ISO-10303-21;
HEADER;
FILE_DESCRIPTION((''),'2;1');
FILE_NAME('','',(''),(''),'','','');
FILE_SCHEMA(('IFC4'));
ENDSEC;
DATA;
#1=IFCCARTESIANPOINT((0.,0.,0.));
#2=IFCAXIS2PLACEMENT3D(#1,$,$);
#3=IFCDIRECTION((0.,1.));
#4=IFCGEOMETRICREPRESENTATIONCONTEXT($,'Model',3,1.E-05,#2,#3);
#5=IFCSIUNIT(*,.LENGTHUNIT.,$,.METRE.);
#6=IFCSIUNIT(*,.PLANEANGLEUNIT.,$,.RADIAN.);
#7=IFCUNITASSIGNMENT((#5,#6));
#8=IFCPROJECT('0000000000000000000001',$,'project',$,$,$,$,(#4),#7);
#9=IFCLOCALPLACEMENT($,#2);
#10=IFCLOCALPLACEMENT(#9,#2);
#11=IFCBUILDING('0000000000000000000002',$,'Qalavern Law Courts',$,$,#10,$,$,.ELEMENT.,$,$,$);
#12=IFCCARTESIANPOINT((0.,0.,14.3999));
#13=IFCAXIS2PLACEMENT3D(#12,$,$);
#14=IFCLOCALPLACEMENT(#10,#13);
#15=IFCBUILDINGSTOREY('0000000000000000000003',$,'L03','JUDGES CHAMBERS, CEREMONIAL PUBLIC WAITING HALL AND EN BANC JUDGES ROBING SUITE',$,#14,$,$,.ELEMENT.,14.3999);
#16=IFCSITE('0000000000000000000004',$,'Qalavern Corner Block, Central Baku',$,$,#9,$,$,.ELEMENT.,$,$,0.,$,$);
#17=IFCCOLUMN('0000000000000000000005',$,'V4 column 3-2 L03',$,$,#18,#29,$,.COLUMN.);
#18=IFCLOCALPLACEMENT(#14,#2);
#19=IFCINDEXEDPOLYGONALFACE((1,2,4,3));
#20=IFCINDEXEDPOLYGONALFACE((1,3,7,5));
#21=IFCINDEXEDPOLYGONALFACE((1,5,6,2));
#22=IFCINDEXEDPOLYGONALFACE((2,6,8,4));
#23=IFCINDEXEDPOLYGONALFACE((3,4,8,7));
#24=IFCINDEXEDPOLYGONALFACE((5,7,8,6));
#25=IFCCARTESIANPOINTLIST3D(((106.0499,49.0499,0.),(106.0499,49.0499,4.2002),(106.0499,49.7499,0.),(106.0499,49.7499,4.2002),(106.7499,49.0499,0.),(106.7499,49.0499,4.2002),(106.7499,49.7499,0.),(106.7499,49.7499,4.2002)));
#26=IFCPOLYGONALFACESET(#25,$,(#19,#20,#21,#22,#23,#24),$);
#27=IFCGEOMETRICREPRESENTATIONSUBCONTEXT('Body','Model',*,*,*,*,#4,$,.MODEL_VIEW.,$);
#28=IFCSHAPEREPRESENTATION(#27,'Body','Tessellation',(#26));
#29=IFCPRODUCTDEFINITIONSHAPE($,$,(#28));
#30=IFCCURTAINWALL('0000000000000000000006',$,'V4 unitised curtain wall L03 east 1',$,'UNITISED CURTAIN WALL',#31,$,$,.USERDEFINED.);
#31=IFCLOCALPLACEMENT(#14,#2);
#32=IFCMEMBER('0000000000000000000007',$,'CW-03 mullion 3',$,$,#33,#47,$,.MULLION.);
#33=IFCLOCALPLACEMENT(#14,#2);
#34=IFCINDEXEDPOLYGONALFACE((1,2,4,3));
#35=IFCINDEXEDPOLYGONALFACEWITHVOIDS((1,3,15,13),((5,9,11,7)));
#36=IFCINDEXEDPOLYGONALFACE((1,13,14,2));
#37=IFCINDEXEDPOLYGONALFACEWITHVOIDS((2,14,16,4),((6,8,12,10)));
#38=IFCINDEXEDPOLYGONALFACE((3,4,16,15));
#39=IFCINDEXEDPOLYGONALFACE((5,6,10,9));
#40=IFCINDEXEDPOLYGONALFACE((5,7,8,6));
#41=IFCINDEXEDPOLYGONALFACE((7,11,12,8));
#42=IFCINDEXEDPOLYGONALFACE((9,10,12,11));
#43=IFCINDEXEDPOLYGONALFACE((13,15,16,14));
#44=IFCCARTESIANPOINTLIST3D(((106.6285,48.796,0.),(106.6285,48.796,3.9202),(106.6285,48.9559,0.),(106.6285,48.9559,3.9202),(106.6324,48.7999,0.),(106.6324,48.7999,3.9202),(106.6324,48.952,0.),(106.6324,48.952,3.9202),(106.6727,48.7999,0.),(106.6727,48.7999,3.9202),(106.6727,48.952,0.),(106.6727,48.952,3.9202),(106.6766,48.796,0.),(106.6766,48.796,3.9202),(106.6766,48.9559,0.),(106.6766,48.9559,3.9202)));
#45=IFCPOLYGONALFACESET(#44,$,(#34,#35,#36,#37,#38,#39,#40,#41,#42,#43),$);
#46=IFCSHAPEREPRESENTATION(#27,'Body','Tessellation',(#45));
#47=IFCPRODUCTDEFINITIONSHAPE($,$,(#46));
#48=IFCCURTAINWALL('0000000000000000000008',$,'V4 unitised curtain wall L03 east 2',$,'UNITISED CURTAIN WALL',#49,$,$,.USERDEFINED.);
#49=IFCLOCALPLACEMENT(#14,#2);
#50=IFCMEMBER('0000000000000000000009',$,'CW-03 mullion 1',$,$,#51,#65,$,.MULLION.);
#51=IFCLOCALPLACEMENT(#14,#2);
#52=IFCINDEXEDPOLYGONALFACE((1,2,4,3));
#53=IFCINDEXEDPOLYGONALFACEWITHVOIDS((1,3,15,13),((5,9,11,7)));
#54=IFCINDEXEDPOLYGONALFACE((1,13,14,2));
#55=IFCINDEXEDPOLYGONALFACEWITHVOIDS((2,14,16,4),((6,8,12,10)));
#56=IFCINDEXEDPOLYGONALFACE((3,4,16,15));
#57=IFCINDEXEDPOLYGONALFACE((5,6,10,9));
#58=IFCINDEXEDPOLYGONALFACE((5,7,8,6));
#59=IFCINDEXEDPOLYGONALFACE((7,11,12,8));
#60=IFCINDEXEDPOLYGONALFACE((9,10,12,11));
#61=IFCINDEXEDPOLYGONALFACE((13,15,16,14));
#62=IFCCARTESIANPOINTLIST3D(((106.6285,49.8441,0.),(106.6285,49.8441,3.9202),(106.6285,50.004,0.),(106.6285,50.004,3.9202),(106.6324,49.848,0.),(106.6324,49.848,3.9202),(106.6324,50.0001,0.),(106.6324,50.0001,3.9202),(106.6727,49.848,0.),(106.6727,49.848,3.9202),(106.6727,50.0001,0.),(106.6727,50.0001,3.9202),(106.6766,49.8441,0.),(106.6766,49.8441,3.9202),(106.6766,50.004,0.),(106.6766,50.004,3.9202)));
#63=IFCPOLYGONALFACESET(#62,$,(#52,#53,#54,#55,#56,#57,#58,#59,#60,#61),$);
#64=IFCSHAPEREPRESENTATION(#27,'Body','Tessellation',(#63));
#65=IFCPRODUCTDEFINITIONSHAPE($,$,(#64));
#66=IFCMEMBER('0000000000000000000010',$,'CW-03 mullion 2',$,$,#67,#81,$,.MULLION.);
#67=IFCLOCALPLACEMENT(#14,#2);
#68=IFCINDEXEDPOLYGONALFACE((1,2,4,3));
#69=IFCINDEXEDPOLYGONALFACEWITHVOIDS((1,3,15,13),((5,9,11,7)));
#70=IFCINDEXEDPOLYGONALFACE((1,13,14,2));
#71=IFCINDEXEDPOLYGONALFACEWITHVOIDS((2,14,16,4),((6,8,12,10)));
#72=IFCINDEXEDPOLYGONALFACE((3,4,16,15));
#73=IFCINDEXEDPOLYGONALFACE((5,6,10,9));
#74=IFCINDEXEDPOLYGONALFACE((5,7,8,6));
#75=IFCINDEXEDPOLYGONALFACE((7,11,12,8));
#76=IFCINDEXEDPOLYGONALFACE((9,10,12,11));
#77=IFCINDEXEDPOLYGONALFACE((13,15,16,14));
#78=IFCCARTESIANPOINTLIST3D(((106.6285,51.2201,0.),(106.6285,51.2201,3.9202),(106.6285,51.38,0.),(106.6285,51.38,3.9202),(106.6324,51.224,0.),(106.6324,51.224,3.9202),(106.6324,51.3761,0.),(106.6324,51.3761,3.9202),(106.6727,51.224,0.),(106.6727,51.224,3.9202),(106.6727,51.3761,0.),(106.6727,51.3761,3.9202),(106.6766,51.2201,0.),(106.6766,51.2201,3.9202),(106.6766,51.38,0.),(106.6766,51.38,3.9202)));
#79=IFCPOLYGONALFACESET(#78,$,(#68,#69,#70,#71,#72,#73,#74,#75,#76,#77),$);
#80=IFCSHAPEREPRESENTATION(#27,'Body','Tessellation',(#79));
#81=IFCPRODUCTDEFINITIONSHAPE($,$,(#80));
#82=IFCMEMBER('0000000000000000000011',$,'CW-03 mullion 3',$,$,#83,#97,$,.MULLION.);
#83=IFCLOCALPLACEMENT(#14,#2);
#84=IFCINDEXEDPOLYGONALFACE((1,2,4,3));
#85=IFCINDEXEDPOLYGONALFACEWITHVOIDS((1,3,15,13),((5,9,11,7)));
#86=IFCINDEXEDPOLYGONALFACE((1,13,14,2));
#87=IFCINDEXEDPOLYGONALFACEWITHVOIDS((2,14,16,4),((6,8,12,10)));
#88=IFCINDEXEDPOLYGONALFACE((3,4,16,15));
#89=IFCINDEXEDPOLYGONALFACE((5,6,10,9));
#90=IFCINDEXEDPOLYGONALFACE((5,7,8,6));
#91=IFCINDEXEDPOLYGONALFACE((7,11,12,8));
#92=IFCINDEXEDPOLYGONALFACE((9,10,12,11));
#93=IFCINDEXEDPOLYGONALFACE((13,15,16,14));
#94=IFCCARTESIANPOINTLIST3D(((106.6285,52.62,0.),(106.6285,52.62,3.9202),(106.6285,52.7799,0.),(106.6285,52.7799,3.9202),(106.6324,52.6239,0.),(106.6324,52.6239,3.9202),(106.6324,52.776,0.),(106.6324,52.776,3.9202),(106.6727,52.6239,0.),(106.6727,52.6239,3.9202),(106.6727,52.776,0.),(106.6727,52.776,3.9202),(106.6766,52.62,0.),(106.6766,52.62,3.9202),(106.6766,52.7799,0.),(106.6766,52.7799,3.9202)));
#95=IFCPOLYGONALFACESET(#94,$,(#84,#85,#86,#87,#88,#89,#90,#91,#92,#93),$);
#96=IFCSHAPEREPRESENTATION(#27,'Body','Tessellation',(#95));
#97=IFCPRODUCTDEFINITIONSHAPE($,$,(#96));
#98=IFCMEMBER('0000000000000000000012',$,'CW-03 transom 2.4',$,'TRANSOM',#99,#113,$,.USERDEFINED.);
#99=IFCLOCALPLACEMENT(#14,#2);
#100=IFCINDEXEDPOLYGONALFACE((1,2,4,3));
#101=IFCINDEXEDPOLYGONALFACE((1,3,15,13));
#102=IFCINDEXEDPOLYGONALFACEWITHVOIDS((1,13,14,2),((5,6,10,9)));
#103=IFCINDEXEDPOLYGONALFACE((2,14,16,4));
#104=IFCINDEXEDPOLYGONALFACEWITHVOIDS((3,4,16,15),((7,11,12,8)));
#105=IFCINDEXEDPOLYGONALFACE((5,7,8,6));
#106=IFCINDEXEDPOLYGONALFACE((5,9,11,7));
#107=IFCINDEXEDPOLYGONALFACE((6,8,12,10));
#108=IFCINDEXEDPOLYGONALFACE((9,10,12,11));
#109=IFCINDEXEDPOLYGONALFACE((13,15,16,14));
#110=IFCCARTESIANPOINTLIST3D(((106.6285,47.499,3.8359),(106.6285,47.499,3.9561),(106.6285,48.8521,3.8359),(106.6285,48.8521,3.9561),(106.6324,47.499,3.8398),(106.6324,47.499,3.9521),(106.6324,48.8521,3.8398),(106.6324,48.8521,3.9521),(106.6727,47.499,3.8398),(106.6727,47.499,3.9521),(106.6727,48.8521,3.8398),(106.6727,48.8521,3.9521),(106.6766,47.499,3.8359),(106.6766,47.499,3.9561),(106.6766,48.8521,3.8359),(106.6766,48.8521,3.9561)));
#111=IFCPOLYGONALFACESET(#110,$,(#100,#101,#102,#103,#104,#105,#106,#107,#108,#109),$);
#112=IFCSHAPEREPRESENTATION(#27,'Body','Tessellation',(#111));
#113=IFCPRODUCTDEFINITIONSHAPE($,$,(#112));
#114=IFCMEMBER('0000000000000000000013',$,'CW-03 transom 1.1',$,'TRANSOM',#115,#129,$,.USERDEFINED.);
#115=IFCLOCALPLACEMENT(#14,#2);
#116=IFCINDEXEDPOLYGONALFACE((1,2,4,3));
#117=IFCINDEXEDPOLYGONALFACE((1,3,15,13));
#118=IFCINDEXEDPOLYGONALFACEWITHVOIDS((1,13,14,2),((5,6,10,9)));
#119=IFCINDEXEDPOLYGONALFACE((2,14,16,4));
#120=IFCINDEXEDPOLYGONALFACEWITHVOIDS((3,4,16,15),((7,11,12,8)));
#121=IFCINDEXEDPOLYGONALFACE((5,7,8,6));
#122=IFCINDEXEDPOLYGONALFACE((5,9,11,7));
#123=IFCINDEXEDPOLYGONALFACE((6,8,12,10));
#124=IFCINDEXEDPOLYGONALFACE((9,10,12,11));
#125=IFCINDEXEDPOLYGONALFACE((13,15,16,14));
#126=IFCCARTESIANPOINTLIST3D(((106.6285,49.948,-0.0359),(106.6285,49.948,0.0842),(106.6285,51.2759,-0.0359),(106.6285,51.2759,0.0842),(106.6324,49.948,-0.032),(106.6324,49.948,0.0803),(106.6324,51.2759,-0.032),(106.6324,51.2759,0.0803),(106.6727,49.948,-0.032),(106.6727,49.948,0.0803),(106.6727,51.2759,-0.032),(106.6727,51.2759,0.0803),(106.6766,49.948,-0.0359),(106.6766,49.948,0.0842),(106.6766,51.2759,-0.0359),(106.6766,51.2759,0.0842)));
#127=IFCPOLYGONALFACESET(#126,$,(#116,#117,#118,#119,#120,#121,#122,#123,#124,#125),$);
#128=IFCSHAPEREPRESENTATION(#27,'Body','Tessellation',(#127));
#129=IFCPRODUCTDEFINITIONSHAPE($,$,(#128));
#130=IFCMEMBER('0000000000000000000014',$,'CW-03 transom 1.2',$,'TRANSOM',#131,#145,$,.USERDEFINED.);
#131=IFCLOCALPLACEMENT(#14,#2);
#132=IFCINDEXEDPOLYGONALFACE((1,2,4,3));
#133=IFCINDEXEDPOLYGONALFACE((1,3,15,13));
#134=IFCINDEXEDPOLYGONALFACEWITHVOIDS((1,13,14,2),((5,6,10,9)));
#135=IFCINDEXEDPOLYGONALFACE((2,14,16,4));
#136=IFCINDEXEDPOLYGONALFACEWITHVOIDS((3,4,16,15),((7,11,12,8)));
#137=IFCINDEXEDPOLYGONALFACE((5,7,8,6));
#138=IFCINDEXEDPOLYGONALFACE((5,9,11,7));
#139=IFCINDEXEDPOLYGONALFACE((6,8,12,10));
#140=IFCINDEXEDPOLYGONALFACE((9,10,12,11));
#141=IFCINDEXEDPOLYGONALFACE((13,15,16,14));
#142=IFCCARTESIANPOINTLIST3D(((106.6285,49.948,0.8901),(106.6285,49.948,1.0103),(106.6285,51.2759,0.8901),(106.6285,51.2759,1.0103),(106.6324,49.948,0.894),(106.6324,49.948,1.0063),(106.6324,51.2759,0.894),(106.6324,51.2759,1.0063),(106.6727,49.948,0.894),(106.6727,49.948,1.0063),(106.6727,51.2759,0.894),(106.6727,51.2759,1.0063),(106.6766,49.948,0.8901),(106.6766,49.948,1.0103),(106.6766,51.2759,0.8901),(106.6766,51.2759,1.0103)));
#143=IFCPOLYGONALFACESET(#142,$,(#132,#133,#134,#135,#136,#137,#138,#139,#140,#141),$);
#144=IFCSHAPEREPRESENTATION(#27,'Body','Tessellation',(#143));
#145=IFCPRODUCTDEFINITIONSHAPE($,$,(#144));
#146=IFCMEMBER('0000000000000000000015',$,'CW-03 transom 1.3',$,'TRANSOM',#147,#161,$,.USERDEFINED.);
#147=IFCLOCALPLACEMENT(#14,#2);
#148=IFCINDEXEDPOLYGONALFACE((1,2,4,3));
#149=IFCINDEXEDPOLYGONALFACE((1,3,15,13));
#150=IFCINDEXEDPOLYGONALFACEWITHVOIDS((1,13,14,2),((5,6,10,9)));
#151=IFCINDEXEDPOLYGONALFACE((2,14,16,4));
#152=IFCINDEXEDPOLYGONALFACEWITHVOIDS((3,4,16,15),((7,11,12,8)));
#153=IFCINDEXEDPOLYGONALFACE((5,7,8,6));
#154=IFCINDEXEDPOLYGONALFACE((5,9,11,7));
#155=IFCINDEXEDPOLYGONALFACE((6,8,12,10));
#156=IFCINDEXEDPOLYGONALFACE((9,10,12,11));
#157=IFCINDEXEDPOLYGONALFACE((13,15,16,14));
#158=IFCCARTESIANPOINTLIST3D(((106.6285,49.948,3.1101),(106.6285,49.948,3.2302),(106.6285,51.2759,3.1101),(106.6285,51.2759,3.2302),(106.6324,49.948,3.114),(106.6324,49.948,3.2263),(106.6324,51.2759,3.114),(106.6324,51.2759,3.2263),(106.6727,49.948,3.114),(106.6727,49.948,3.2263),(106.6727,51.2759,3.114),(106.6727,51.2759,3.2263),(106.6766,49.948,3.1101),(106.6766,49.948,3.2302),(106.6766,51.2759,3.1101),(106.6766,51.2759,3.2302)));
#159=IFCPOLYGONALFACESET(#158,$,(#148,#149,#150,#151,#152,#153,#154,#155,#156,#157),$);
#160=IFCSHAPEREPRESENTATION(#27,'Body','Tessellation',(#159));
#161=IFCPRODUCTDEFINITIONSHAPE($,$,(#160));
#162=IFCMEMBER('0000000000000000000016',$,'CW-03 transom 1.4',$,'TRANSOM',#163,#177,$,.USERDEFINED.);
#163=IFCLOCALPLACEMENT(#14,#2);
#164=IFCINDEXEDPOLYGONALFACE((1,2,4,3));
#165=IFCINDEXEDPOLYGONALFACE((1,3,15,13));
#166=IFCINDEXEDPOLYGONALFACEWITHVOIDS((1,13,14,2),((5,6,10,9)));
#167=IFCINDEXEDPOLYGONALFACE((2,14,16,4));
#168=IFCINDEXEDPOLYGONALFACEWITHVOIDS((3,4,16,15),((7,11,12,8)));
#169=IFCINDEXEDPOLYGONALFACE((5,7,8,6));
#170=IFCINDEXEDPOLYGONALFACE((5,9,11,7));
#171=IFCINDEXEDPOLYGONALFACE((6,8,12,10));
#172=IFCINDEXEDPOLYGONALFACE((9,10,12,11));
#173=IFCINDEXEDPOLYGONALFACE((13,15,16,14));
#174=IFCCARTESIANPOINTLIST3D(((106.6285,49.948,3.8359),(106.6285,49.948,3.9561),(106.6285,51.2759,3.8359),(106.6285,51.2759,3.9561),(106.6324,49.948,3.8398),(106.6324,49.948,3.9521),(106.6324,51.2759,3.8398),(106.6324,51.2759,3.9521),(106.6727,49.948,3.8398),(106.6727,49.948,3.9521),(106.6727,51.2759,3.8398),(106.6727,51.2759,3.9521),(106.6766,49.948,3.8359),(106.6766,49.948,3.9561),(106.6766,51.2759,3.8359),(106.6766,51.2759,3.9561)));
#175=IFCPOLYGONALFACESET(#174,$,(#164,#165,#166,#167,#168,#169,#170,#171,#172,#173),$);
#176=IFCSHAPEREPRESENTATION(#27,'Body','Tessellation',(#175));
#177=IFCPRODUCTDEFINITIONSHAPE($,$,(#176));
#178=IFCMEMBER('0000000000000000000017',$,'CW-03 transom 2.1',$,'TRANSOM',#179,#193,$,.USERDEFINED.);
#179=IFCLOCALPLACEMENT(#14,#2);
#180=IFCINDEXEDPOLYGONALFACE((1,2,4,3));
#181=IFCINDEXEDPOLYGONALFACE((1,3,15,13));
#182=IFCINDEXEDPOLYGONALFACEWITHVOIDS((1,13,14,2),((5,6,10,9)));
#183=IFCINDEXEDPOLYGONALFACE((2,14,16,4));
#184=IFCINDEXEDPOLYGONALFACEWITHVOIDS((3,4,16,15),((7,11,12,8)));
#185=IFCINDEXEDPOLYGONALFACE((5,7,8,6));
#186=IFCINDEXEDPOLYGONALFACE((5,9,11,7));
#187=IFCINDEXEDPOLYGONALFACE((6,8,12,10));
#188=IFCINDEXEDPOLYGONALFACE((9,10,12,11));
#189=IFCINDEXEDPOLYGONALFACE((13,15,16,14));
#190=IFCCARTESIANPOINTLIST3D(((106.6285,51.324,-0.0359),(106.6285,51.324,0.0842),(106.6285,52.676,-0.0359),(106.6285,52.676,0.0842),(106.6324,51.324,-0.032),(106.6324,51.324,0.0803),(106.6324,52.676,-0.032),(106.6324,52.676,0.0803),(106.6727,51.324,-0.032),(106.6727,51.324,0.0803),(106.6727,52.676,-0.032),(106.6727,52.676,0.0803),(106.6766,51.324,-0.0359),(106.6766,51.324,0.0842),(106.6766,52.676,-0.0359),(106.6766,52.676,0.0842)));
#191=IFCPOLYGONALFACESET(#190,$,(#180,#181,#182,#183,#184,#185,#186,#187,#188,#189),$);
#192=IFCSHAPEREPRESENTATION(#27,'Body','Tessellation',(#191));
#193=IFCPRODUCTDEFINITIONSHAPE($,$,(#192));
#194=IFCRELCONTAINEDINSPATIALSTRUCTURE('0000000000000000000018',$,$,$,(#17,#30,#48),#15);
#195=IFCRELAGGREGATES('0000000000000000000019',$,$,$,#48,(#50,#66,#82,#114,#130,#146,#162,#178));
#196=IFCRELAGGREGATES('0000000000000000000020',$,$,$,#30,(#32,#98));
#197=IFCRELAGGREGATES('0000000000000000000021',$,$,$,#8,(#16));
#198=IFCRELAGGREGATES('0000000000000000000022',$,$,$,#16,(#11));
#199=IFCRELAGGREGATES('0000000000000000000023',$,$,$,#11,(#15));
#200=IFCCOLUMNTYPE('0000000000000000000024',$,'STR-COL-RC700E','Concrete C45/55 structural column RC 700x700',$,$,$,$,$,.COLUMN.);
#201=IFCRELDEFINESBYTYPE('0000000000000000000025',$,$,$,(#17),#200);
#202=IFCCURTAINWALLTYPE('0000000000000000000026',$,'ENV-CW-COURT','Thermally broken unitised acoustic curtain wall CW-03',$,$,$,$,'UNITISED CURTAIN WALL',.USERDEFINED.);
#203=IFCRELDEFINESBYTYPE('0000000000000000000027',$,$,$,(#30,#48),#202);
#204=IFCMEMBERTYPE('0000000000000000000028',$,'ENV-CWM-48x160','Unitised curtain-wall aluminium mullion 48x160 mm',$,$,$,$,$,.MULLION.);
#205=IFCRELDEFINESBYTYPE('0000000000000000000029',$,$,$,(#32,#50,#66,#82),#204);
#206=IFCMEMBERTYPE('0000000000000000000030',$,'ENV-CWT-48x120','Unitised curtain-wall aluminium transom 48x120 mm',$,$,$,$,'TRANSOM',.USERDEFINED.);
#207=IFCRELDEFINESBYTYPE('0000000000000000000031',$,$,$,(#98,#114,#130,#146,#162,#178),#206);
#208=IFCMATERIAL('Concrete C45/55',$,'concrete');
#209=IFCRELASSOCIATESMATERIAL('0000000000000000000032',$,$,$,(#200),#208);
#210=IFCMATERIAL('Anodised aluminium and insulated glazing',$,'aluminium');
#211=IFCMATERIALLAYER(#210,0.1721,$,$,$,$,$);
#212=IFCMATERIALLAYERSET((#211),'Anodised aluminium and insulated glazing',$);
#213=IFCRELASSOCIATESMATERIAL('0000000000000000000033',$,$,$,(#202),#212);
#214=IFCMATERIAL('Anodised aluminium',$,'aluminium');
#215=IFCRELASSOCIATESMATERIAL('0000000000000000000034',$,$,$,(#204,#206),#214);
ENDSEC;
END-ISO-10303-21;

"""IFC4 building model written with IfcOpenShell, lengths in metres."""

from ifc_helpers import new_model, si_unit, direction, frame, origin, origin_2d, place, context, subcontext, project, spatial, rectangle, hollow_rectangle, extrude, material, layer, layer_set, material_profile, profile_set, type_object, element, aggregate, save


model = new_model("IFC4")

# Units and contexts
model_context = context("Model", 3, precision=1e-05, world=origin(), true_north=direction((0.0, 1.0)))
body_context = subcontext(model_context, "Body", "Model", "MODEL_VIEW")
ifc_project = project(units=[si_unit("LENGTHUNIT", "METRE"), si_unit("PLANEANGLEUNIT", "RADIAN")], contexts=[model_context])

# Site, building, storey
site_placement = place(None, origin())
site = spatial("IfcSite", under=ifc_project, at=site_placement, Name="Qalavern Corner Block, Central Baku", CompositionType="ELEMENT", RefElevation=0.0)
building_placement = place(site_placement, origin())
building = spatial("IfcBuilding", under=site, at=building_placement, Name="Qalavern Law Courts", CompositionType="ELEMENT")
storey_placement = place(building_placement, frame((0.0, 0.0, 14.3999)))
storey = spatial("IfcBuildingStorey", under=building, at=storey_placement, Name="L03", Description="JUDGES CHAMBERS, CEREMONIAL PUBLIC WAITING HALL AND EN BANC JUDGES ROBING SUITE", CompositionType="ELEMENT", Elevation=14.3999)

# Column
ifc_material_1 = material(Name="Concrete C45/55", Category="concrete")
ifc_material_profile_1 = material_profile(ifc_material_1, rectangle(XDim=0.7, YDim=0.7, at=origin_2d()), Name="RC 700x700")
ifc_profile_set_1 = profile_set([ifc_material_profile_1], Name="Concrete C45/55")
column_type = type_object("IfcColumnType", Name="STR-COL-RC700E", Description="Concrete C45/55 structural column RC 700x700", PredefinedType="COLUMN", material=ifc_profile_set_1)
column_placement = place(storey_placement, frame((106.3999, 49.3999, 0.0), z_axis=(0.0, 0.0, 1.0), x_axis=(1.0, 0.0, 0.0)))
element("IfcColumn", 1, at=column_placement, inside=storey, type_object=column_type, Name="V4 column 3-2 L03", PredefinedType="COLUMN", context=body_context, shape_type="SweptSolid", body=[
    extrude(rectangle(XDim=0.7, YDim=0.7, at=origin_2d()), origin(), (0.0, 0.0, 1.0), 4.2002),
])

# Curtain wall, member
ifc_material_2 = material(Name="Anodised aluminium and insulated glazing", Category="aluminium")
ifc_layer_1 = layer(ifc_material_2, 0.1721)
ifc_layer_set_1 = layer_set([ifc_layer_1], Name="Anodised aluminium and insulated glazing")
curtain_wall_type = type_object("IfcCurtainWallType", Name="ENV-CW-COURT", Description="Thermally broken unitised acoustic curtain wall CW-03", ElementType="UNITISED CURTAIN WALL", PredefinedType="USERDEFINED", material=ifc_layer_set_1)
curtain_wall_1_placement = place(storey_placement, origin())
curtain_wall_1 = element("IfcCurtainWall", 2, at=curtain_wall_1_placement, inside=storey, type_object=curtain_wall_type, Name="V4 unitised curtain wall L03 east 1", ObjectType="UNITISED CURTAIN WALL", PredefinedType="USERDEFINED")
ifc_material_3 = material(Name="Anodised aluminium", Category="aluminium")
ifc_material_profile_2 = material_profile(ifc_material_3, hollow_rectangle(XDim=0.0481, YDim=0.1599, WallThickness=0.0039, at=origin_2d()), Name="ALU MULLION 48x160")
ifc_profile_set_2 = profile_set([ifc_material_profile_2], Name="Anodised aluminium")
member_type_1 = type_object("IfcMemberType", Name="ENV-CWM-48x160", Description="Unitised curtain-wall aluminium mullion 48x160 mm", PredefinedType="MULLION", material=ifc_profile_set_2)
member_1_placement = place(storey_placement, frame((106.6526, 48.876, 0.0), z_axis=(0.0, 0.0, 1.0), x_axis=(-1.0, 0.0, 0.0)))
member_1 = element("IfcMember", 3, at=member_1_placement, type_object=member_type_1, Name="CW-03 mullion 3", PredefinedType="MULLION", context=body_context, shape_type="SweptSolid", body=[
    extrude(hollow_rectangle(XDim=0.0481, YDim=0.1599, WallThickness=0.0039, at=origin_2d()), origin(), (0.0, 0.0, 1.0), 3.9202),
])

# Curtain wall, members
curtain_wall_2_placement = place(storey_placement, origin())
curtain_wall_2 = element("IfcCurtainWall", 4, at=curtain_wall_2_placement, inside=storey, type_object=curtain_wall_type, Name="V4 unitised curtain wall L03 east 2", ObjectType="UNITISED CURTAIN WALL", PredefinedType="USERDEFINED")
member_2_placement = place(storey_placement, frame((106.6526, 49.9241, 0.0), z_axis=(0.0, 0.0, 1.0), x_axis=(-1.0, 0.0, 0.0)))
member_2 = element("IfcMember", 5, at=member_2_placement, type_object=member_type_1, Name="CW-03 mullion 1", PredefinedType="MULLION", context=body_context, shape_type="SweptSolid", body=[
    extrude(hollow_rectangle(XDim=0.0481, YDim=0.1599, WallThickness=0.0039, at=origin_2d()), origin(), (0.0, 0.0, 1.0), 3.9202),
])
member_3_placement = place(storey_placement, frame((106.6526, 51.3, 0.0), z_axis=(0.0, 0.0, 1.0), x_axis=(-1.0, 0.0, 0.0)))
member_3 = element("IfcMember", 6, at=member_3_placement, type_object=member_type_1, Name="CW-03 mullion 2", PredefinedType="MULLION", context=body_context, shape_type="SweptSolid", body=[
    extrude(hollow_rectangle(XDim=0.0481, YDim=0.1599, WallThickness=0.0039, at=origin_2d()), origin(), (0.0, 0.0, 1.0), 3.9202),
])
member_4_placement = place(storey_placement, frame((106.6526, 52.7, 0.0), z_axis=(0.0, 0.0, 1.0), x_axis=(-1.0, 0.0, 0.0)))
member_4 = element("IfcMember", 7, at=member_4_placement, type_object=member_type_1, Name="CW-03 mullion 3", PredefinedType="MULLION", context=body_context, shape_type="SweptSolid", body=[
    extrude(hollow_rectangle(XDim=0.0481, YDim=0.1599, WallThickness=0.0039, at=origin_2d()), origin(), (0.0, 0.0, 1.0), 3.9202),
])

# Members
ifc_material_profile_3 = material_profile(ifc_material_3, hollow_rectangle(XDim=0.0481, YDim=0.1201, WallThickness=0.0039, at=origin_2d()), Name="ALU TRANSOM 48x120")
ifc_profile_set_3 = profile_set([ifc_material_profile_3], Name="Anodised aluminium")
member_type_2 = type_object("IfcMemberType", Name="ENV-CWT-48x120", Description="Unitised curtain-wall aluminium transom 48x120 mm", ElementType="TRANSOM", PredefinedType="USERDEFINED", material=ifc_profile_set_3)
member_5_placement = place(storey_placement, frame((106.6526, 47.499, 3.896), z_axis=(0.0, 1.0, 0.0), x_axis=(-1.0, 0.0, 0.0)))
member_5 = element("IfcMember", 8, at=member_5_placement, type_object=member_type_2, Name="CW-03 transom 2.4", ObjectType="TRANSOM", PredefinedType="USERDEFINED", context=body_context, shape_type="SweptSolid", body=[
    extrude(hollow_rectangle(XDim=0.0481, YDim=0.1201, WallThickness=0.0039, at=origin_2d()), origin(), (0.0, 0.0, 1.0), 1.353),
])
member_6_placement = place(storey_placement, frame((106.6526, 49.948, 0.0242), z_axis=(0.0, 1.0, 0.0), x_axis=(-1.0, 0.0, 0.0)))
member_6 = element("IfcMember", 9, at=member_6_placement, type_object=member_type_2, Name="CW-03 transom 1.1", ObjectType="TRANSOM", PredefinedType="USERDEFINED", context=body_context, shape_type="SweptSolid", body=[
    extrude(hollow_rectangle(XDim=0.0481, YDim=0.1201, WallThickness=0.0039, at=origin_2d()), origin(), (0.0, 0.0, 1.0), 1.3279),
])
member_7_placement = place(storey_placement, frame((106.6526, 49.948, 0.9502), z_axis=(0.0, 1.0, 0.0), x_axis=(-1.0, 0.0, 0.0)))
member_7 = element("IfcMember", 10, at=member_7_placement, type_object=member_type_2, Name="CW-03 transom 1.2", ObjectType="TRANSOM", PredefinedType="USERDEFINED", context=body_context, shape_type="SweptSolid", body=[
    extrude(hollow_rectangle(XDim=0.0481, YDim=0.1201, WallThickness=0.0039, at=origin_2d()), origin(), (0.0, 0.0, 1.0), 1.3279),
])
member_8_placement = place(storey_placement, frame((106.6526, 49.948, 3.1702), z_axis=(0.0, 1.0, 0.0), x_axis=(-1.0, 0.0, 0.0)))
member_8 = element("IfcMember", 11, at=member_8_placement, type_object=member_type_2, Name="CW-03 transom 1.3", ObjectType="TRANSOM", PredefinedType="USERDEFINED", context=body_context, shape_type="SweptSolid", body=[
    extrude(hollow_rectangle(XDim=0.0481, YDim=0.1201, WallThickness=0.0039, at=origin_2d()), origin(), (0.0, 0.0, 1.0), 1.3279),
])
member_9_placement = place(storey_placement, frame((106.6526, 49.948, 3.896), z_axis=(0.0, 1.0, 0.0), x_axis=(-1.0, 0.0, 0.0)))
member_9 = element("IfcMember", 12, at=member_9_placement, type_object=member_type_2, Name="CW-03 transom 1.4", ObjectType="TRANSOM", PredefinedType="USERDEFINED", context=body_context, shape_type="SweptSolid", body=[
    extrude(hollow_rectangle(XDim=0.0481, YDim=0.1201, WallThickness=0.0039, at=origin_2d()), origin(), (0.0, 0.0, 1.0), 1.3279),
])
member_10_placement = place(storey_placement, frame((106.6526, 51.324, 0.0242), z_axis=(0.0, 1.0, 0.0), x_axis=(-1.0, 0.0, 0.0)))
member_10 = element("IfcMember", 13, at=member_10_placement, type_object=member_type_2, Name="CW-03 transom 2.1", ObjectType="TRANSOM", PredefinedType="USERDEFINED", context=body_context, shape_type="SweptSolid", body=[
    extrude(hollow_rectangle(XDim=0.0481, YDim=0.1201, WallThickness=0.0039, at=origin_2d()), origin(), (0.0, 0.0, 1.0), 1.3521),
])

aggregate(curtain_wall_2, [member_2, member_3, member_4, member_6, member_7, member_8, member_9, member_10])
aggregate(curtain_wall_1, [member_1, member_5])

save(model, "model.ifc")
